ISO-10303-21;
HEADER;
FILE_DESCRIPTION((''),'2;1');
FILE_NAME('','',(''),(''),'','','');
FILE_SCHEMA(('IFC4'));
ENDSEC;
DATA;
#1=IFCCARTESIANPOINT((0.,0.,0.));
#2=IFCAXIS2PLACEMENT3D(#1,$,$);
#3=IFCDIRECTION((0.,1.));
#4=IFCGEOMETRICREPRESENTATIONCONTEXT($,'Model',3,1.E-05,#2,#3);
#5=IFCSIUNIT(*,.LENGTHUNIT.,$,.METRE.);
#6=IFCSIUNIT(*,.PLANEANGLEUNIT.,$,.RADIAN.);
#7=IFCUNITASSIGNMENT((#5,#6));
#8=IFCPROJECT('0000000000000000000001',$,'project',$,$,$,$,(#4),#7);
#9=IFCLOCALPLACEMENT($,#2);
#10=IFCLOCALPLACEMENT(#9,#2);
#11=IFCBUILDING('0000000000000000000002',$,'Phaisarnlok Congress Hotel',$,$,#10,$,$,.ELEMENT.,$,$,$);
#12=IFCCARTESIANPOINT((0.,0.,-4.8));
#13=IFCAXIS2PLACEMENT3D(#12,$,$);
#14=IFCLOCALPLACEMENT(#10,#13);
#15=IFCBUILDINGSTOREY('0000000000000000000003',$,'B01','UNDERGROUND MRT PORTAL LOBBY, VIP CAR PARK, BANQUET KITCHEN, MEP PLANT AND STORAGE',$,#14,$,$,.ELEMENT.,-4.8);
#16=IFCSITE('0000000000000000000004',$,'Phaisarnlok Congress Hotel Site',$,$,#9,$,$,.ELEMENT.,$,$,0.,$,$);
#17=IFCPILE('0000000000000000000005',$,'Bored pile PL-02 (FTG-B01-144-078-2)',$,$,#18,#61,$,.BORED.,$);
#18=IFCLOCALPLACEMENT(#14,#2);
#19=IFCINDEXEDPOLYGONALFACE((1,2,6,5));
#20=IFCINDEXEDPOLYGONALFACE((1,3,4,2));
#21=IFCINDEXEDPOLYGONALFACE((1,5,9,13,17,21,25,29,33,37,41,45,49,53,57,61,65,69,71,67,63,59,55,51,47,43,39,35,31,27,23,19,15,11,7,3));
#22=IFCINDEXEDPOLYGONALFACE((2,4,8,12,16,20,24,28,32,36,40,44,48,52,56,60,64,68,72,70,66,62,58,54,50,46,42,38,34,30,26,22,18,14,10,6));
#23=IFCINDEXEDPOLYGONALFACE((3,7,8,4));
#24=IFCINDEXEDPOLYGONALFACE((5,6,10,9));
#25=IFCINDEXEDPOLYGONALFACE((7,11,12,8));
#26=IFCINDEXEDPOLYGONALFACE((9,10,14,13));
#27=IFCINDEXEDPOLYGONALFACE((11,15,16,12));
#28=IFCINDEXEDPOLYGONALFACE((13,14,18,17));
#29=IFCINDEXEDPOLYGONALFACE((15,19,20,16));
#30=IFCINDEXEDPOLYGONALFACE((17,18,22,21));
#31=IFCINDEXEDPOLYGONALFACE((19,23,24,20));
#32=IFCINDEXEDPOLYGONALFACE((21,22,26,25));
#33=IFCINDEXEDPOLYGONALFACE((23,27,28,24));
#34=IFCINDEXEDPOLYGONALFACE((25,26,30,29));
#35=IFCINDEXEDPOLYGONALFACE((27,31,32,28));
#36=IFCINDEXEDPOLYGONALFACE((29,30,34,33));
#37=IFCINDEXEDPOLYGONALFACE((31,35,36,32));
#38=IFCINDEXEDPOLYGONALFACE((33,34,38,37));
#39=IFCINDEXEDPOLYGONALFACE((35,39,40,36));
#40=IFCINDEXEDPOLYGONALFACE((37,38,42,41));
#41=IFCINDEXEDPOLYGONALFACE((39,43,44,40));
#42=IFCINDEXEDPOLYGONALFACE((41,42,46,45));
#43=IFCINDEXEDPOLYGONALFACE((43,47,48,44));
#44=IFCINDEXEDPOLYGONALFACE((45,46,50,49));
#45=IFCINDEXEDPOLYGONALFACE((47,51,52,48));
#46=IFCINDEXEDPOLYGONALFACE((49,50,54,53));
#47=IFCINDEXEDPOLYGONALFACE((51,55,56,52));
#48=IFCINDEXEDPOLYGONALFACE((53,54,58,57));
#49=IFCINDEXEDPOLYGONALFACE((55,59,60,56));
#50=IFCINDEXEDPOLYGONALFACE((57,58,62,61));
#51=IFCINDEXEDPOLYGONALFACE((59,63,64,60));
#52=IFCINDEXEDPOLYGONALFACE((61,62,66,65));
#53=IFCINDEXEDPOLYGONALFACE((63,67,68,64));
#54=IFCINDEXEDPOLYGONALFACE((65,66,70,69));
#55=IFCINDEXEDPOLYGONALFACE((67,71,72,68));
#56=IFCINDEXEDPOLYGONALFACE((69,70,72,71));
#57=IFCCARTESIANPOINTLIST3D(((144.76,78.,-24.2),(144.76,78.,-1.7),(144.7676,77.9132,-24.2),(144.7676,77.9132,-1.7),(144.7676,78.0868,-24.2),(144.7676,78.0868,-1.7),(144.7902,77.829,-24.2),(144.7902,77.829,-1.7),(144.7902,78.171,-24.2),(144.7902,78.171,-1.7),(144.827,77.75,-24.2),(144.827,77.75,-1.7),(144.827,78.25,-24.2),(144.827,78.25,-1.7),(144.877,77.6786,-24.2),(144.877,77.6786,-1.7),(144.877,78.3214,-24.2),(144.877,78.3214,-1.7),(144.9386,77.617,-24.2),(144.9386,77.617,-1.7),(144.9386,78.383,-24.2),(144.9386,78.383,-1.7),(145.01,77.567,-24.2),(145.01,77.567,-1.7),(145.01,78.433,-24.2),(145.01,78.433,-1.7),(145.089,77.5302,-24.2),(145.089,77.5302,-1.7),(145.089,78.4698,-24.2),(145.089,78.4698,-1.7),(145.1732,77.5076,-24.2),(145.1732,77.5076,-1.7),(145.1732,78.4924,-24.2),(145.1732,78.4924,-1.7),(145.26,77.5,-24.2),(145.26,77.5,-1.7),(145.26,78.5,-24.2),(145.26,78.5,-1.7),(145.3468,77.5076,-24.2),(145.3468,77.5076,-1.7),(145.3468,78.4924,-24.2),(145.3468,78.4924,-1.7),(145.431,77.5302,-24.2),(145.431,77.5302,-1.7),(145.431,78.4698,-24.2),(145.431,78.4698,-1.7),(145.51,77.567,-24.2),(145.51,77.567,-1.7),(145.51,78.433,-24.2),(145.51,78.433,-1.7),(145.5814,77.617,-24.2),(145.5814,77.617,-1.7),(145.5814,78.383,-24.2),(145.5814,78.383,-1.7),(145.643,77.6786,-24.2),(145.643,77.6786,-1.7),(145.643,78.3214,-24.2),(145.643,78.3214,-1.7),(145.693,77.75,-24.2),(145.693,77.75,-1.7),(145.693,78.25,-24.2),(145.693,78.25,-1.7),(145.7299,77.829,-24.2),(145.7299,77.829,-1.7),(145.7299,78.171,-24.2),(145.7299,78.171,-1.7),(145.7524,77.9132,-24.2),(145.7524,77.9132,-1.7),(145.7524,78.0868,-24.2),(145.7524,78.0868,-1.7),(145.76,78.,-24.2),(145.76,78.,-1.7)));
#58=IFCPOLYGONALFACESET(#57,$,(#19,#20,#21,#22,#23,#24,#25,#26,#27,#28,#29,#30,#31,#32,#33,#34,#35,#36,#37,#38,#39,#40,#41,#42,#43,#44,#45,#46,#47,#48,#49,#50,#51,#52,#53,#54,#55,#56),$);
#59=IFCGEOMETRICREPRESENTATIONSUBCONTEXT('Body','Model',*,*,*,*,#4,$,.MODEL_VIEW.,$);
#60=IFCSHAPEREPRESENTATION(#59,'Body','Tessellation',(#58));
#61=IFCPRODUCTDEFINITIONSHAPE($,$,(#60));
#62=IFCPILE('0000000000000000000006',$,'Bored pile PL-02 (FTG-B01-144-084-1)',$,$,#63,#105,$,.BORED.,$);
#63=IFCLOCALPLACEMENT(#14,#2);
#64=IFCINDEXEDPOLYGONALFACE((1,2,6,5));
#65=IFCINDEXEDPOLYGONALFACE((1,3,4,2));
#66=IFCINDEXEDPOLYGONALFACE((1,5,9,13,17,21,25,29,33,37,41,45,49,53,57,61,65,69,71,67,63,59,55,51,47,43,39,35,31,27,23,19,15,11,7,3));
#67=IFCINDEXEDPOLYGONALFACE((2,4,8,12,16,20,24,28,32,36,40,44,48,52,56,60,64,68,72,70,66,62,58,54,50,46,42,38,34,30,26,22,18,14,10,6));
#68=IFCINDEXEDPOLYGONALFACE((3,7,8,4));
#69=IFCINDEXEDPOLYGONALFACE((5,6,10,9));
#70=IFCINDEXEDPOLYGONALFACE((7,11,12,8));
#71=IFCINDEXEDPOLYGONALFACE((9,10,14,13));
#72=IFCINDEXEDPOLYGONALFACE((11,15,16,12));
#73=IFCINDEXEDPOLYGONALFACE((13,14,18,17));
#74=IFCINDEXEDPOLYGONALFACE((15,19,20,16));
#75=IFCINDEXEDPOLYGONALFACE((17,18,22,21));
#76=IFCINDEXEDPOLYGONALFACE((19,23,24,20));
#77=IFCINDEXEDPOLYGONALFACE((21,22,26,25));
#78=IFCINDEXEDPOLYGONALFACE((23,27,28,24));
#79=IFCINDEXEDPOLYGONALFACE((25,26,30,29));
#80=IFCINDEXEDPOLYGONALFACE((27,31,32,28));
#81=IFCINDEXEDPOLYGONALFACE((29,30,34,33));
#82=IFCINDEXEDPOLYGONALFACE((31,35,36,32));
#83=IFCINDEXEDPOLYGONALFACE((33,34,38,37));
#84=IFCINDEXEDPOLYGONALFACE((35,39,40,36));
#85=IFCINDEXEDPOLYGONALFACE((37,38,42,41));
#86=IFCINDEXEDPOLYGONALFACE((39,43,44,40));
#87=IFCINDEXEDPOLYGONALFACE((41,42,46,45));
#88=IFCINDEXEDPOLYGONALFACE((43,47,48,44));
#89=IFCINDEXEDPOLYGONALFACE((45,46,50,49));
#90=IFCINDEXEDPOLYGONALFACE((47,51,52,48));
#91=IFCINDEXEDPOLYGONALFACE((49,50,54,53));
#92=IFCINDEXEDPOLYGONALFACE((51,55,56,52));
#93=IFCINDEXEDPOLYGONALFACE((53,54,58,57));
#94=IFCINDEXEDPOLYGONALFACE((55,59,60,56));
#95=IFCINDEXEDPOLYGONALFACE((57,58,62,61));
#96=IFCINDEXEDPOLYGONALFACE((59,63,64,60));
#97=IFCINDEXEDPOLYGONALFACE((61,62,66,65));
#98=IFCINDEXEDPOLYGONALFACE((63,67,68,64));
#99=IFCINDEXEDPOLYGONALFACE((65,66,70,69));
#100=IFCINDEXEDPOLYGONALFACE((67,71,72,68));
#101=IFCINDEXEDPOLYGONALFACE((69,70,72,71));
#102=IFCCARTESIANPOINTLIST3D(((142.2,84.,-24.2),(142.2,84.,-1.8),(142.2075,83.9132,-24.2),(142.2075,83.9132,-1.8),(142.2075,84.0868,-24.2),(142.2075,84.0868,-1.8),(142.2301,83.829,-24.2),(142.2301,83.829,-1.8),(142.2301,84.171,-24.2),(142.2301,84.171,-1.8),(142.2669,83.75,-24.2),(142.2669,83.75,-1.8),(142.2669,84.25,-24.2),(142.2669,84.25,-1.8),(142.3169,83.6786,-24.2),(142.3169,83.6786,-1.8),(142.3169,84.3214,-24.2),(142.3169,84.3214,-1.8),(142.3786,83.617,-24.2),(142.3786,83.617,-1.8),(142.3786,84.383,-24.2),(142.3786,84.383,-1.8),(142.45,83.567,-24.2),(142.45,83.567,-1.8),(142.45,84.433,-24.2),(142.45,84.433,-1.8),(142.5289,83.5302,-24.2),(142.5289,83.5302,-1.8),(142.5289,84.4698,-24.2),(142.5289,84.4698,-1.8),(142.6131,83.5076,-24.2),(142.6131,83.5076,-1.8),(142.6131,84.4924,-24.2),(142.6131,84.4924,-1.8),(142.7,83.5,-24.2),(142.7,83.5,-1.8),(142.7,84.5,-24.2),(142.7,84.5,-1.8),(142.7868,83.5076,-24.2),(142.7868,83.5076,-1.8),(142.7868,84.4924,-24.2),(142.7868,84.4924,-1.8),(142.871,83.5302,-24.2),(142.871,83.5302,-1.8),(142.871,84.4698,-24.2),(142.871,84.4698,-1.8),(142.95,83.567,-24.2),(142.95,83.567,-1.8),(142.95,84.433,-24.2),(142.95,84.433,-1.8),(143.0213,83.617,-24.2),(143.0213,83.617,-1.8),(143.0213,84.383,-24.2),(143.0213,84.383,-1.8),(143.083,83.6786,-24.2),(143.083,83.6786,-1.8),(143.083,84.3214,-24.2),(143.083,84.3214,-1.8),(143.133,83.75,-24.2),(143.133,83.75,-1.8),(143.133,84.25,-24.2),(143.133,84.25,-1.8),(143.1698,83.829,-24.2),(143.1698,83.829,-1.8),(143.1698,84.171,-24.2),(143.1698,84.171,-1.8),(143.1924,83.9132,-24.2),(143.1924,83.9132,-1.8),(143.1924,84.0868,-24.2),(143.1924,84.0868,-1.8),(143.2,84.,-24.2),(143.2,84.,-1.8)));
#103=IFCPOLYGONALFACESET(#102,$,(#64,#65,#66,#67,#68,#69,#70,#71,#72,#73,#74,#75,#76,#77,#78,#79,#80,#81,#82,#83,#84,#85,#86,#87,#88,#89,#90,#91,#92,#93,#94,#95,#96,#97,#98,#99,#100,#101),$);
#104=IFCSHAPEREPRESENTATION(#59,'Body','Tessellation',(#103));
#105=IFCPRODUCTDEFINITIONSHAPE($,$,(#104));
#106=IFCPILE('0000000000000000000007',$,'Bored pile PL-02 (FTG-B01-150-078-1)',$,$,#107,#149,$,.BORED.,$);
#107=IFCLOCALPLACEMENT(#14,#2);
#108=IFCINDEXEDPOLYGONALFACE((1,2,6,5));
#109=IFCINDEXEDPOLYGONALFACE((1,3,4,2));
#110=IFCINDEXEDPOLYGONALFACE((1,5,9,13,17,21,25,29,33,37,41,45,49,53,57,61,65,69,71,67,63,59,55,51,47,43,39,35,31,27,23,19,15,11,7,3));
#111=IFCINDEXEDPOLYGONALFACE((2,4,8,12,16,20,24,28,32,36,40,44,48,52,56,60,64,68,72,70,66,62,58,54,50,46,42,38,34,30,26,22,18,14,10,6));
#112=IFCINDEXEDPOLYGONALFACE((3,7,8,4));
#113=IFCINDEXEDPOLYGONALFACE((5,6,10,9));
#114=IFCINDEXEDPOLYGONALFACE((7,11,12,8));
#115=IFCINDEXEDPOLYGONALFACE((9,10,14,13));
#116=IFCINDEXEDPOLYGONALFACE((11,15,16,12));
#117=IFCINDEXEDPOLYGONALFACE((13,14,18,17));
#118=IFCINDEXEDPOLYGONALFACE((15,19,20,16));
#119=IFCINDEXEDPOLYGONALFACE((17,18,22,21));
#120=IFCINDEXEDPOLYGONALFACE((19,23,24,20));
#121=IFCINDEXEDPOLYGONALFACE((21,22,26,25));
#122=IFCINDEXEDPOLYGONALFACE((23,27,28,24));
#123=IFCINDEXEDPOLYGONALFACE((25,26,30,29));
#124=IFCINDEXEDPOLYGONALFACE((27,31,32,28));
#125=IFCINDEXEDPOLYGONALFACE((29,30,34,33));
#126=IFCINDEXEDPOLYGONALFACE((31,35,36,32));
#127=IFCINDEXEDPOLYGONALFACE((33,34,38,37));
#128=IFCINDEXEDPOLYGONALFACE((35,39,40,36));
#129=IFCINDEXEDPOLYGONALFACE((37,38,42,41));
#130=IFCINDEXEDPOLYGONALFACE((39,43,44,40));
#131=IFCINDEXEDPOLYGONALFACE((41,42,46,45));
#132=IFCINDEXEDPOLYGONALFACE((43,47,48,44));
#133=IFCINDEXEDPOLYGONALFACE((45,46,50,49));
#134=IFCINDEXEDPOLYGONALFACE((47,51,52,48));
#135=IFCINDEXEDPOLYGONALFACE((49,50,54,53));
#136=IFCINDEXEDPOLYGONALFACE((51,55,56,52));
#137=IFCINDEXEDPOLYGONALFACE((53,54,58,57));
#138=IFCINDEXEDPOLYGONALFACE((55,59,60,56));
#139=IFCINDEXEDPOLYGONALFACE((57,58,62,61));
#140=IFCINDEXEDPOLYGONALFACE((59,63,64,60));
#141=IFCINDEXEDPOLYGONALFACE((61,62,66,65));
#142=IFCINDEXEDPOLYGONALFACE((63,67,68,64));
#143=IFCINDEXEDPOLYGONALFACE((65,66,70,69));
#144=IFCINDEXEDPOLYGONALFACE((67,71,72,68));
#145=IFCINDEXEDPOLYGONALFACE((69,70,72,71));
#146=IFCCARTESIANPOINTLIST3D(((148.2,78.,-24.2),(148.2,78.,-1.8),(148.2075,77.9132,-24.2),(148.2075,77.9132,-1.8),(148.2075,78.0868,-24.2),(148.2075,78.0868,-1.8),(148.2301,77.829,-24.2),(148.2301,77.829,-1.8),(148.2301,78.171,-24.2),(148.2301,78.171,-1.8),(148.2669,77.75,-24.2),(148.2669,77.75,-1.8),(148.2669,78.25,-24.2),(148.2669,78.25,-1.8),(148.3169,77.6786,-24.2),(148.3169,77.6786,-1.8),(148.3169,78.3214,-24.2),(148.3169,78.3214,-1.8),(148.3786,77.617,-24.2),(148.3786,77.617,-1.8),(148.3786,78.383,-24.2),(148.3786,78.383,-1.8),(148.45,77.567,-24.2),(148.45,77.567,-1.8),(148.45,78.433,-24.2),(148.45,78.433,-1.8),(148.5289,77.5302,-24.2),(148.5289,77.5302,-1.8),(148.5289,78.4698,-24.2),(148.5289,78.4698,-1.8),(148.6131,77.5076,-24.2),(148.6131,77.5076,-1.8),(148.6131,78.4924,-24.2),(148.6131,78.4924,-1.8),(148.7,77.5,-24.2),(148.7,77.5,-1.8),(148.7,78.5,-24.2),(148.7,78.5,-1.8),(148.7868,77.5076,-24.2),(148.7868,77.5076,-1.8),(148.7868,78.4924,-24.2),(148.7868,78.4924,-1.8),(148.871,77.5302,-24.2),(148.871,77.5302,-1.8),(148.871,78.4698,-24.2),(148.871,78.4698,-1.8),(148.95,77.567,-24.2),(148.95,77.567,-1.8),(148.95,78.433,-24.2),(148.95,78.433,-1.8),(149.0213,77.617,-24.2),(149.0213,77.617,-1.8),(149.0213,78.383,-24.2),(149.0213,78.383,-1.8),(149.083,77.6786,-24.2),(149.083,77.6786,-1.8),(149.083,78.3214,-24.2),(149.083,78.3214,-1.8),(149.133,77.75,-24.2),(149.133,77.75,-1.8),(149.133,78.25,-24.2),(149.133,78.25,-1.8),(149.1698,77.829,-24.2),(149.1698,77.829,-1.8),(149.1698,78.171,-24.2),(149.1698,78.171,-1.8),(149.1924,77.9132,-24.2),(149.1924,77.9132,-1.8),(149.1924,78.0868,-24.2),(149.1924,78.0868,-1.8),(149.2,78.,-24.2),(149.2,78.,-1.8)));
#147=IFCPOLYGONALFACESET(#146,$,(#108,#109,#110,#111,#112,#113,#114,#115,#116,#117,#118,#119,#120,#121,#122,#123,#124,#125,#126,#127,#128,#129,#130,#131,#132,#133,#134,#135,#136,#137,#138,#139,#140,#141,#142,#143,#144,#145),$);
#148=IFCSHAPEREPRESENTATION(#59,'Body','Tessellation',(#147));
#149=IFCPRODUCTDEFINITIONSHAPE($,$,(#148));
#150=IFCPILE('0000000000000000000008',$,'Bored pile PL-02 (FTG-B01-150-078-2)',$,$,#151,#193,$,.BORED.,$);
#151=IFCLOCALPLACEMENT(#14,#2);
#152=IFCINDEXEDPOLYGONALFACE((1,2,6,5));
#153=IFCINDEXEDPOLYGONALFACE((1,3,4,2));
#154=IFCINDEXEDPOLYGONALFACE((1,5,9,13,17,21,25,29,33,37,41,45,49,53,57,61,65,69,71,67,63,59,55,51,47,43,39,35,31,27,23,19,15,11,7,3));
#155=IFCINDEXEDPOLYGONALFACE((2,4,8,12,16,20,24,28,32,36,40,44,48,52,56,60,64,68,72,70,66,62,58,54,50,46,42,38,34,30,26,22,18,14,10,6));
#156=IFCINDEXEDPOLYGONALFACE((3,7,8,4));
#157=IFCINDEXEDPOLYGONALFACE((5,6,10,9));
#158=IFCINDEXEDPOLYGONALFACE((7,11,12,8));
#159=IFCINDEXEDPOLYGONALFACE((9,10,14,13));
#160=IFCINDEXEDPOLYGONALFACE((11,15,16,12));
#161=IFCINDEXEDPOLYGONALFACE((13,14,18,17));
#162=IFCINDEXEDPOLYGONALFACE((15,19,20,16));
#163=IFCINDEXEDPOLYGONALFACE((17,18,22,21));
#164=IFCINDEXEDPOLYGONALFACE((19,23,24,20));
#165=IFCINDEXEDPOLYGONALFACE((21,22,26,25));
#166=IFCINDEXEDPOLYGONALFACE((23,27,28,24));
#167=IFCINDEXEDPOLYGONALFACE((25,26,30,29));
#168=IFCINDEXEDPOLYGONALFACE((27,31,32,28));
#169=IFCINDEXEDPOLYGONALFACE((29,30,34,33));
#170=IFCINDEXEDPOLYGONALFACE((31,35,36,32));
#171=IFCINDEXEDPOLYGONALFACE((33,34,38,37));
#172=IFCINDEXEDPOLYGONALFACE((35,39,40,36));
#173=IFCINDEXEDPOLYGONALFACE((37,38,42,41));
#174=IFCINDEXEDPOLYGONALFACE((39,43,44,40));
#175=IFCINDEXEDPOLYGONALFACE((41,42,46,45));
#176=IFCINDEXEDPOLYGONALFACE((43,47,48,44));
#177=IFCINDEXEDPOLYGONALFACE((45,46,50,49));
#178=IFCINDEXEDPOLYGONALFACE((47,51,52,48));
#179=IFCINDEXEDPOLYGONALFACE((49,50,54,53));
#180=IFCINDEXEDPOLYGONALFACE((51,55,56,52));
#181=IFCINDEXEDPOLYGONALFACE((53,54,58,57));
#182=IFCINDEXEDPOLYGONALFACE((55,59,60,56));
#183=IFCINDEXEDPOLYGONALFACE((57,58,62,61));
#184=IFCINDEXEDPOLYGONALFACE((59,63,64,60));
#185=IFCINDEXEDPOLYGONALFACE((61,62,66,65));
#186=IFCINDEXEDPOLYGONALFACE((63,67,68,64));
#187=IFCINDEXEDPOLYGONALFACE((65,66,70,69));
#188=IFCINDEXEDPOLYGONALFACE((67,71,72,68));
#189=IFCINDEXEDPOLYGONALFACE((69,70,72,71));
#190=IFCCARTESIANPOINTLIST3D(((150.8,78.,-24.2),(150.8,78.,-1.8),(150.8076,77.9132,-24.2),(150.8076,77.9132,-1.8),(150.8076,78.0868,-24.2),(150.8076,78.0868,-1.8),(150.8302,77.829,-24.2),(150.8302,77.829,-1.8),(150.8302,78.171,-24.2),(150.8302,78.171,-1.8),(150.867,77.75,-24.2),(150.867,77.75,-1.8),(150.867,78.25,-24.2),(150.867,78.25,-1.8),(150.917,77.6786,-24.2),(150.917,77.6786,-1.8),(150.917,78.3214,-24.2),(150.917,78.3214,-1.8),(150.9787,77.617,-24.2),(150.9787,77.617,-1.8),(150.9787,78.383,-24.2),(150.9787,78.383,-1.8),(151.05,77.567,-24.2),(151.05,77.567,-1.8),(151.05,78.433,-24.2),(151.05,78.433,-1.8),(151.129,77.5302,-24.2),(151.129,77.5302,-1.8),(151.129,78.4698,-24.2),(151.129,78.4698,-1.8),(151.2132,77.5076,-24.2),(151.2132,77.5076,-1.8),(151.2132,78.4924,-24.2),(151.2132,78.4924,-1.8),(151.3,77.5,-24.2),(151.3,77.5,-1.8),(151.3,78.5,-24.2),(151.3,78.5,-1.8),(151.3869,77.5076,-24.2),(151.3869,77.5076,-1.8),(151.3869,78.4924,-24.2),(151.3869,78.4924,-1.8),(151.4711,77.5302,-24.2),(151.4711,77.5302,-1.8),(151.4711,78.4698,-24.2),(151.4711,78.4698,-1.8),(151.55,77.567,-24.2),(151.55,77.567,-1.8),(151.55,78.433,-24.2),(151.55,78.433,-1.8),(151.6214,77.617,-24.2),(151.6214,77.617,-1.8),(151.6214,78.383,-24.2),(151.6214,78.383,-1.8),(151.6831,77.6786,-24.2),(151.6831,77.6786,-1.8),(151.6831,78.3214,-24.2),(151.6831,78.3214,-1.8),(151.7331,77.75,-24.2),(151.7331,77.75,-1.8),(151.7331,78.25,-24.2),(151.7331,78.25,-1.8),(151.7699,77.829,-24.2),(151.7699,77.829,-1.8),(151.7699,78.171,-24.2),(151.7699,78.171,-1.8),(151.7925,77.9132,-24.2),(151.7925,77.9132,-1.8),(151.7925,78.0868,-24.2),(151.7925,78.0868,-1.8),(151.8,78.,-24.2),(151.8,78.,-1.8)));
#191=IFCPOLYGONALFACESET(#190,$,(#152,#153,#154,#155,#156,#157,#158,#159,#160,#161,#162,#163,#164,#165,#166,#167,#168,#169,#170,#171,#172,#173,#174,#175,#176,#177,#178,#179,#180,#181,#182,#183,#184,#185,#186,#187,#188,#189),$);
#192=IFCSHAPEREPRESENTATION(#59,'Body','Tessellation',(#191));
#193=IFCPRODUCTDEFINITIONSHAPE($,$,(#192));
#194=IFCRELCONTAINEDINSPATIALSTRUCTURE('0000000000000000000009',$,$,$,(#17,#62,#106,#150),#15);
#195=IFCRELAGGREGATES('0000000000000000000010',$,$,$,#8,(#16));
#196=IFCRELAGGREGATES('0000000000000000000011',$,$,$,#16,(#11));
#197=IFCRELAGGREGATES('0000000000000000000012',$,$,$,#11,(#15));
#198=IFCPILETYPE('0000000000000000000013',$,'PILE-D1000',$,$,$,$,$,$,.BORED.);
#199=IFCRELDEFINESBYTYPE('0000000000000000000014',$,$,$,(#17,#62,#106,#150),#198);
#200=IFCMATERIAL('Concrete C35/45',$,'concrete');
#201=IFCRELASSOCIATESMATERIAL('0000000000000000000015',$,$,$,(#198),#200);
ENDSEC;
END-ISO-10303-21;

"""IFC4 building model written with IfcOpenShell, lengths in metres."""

from ifc_helpers import new_model, si_unit, direction, frame, origin, origin_2d, place, context, subcontext, project, spatial, circle, extrude, material, material_profile, profile_set, type_object, element, save


model = new_model("IFC4")

# Units and contexts
model_context = context("Model", 3, precision=1e-05, world=origin(), true_north=direction((0.0, 1.0)))
body_context = subcontext(model_context, "Body", "Model", "MODEL_VIEW")
ifc_project = project(units=[si_unit("LENGTHUNIT", "METRE"), si_unit("PLANEANGLEUNIT", "RADIAN")], contexts=[model_context])

# Site, building, storey
site_placement = place(None, origin())
site = spatial("IfcSite", under=ifc_project, at=site_placement, Name="Phaisarnlok Congress Hotel Site", CompositionType="ELEMENT", RefElevation=0.0)
building_placement = place(site_placement, origin())
building = spatial("IfcBuilding", under=site, at=building_placement, Name="Phaisarnlok Congress Hotel", CompositionType="ELEMENT")
storey_placement = place(building_placement, frame((0.0, 0.0, -4.8)))
storey = spatial("IfcBuildingStorey", under=building, at=storey_placement, Name="B01", Description="UNDERGROUND MRT PORTAL LOBBY, VIP CAR PARK, BANQUET KITCHEN, MEP PLANT AND STORAGE", CompositionType="ELEMENT", Elevation=-4.8)

# Piles
ifc_material_1 = material(Name="Concrete C35/45", Category="concrete")
ifc_material_profile_1 = material_profile(ifc_material_1, circle(Radius=0.5, at=origin_2d()), Name="BORED PILE D1000")
ifc_profile_set_1 = profile_set([ifc_material_profile_1], Name="Concrete C35/45")
pile_type_1 = type_object("IfcPileType", Name="PILE-D1000", PredefinedType="BORED", material=ifc_profile_set_1)
for number, where, z_axis, x_axis, name in (
    (1, (145.26, 78.0, -1.7), (0.0, 0.0, -1.0), (1.0, 0.0, 0.0), "Bored pile PL-02 (FTG-B01-144-078-2)"),
):
    element("IfcPile", number, at=place(storey_placement, frame(where, z_axis=z_axis, x_axis=x_axis)), inside=storey, type_object=pile_type_1, Name=name, PredefinedType="BORED", context=body_context, shape_type="SweptSolid", body=[
        extrude(circle(Radius=0.5, at=origin_2d()), origin(), (0.0, 0.0, 1.0), 22.5),
    ])
for number, where, z_axis, x_axis, name in (
    (2, (142.7, 84.0, -1.8), (0.0, 0.0, -1.0), (1.0, 0.0, 0.0), "Bored pile PL-02 (FTG-B01-144-084-1)"),
    (3, (148.7, 78.0, -1.8), (0.0, 0.0, -1.0), (1.0, 0.0, 0.0), "Bored pile PL-02 (FTG-B01-150-078-1)"),
    (4, (151.3, 78.0, -1.8), (0.0, 0.0, -1.0), (1.0, 0.0, 0.0), "Bored pile PL-02 (FTG-B01-150-078-2)"),
):
    element("IfcPile", number, at=place(storey_placement, frame(where, z_axis=z_axis, x_axis=x_axis)), inside=storey, type_object=pile_type_1, Name=name, PredefinedType="BORED", context=body_context, shape_type="SweptSolid", body=[
        extrude(circle(Radius=0.5, at=origin_2d()), origin(), (0.0, 0.0, 1.0), 22.3999),
    ])

save(model, "model.ifc")
